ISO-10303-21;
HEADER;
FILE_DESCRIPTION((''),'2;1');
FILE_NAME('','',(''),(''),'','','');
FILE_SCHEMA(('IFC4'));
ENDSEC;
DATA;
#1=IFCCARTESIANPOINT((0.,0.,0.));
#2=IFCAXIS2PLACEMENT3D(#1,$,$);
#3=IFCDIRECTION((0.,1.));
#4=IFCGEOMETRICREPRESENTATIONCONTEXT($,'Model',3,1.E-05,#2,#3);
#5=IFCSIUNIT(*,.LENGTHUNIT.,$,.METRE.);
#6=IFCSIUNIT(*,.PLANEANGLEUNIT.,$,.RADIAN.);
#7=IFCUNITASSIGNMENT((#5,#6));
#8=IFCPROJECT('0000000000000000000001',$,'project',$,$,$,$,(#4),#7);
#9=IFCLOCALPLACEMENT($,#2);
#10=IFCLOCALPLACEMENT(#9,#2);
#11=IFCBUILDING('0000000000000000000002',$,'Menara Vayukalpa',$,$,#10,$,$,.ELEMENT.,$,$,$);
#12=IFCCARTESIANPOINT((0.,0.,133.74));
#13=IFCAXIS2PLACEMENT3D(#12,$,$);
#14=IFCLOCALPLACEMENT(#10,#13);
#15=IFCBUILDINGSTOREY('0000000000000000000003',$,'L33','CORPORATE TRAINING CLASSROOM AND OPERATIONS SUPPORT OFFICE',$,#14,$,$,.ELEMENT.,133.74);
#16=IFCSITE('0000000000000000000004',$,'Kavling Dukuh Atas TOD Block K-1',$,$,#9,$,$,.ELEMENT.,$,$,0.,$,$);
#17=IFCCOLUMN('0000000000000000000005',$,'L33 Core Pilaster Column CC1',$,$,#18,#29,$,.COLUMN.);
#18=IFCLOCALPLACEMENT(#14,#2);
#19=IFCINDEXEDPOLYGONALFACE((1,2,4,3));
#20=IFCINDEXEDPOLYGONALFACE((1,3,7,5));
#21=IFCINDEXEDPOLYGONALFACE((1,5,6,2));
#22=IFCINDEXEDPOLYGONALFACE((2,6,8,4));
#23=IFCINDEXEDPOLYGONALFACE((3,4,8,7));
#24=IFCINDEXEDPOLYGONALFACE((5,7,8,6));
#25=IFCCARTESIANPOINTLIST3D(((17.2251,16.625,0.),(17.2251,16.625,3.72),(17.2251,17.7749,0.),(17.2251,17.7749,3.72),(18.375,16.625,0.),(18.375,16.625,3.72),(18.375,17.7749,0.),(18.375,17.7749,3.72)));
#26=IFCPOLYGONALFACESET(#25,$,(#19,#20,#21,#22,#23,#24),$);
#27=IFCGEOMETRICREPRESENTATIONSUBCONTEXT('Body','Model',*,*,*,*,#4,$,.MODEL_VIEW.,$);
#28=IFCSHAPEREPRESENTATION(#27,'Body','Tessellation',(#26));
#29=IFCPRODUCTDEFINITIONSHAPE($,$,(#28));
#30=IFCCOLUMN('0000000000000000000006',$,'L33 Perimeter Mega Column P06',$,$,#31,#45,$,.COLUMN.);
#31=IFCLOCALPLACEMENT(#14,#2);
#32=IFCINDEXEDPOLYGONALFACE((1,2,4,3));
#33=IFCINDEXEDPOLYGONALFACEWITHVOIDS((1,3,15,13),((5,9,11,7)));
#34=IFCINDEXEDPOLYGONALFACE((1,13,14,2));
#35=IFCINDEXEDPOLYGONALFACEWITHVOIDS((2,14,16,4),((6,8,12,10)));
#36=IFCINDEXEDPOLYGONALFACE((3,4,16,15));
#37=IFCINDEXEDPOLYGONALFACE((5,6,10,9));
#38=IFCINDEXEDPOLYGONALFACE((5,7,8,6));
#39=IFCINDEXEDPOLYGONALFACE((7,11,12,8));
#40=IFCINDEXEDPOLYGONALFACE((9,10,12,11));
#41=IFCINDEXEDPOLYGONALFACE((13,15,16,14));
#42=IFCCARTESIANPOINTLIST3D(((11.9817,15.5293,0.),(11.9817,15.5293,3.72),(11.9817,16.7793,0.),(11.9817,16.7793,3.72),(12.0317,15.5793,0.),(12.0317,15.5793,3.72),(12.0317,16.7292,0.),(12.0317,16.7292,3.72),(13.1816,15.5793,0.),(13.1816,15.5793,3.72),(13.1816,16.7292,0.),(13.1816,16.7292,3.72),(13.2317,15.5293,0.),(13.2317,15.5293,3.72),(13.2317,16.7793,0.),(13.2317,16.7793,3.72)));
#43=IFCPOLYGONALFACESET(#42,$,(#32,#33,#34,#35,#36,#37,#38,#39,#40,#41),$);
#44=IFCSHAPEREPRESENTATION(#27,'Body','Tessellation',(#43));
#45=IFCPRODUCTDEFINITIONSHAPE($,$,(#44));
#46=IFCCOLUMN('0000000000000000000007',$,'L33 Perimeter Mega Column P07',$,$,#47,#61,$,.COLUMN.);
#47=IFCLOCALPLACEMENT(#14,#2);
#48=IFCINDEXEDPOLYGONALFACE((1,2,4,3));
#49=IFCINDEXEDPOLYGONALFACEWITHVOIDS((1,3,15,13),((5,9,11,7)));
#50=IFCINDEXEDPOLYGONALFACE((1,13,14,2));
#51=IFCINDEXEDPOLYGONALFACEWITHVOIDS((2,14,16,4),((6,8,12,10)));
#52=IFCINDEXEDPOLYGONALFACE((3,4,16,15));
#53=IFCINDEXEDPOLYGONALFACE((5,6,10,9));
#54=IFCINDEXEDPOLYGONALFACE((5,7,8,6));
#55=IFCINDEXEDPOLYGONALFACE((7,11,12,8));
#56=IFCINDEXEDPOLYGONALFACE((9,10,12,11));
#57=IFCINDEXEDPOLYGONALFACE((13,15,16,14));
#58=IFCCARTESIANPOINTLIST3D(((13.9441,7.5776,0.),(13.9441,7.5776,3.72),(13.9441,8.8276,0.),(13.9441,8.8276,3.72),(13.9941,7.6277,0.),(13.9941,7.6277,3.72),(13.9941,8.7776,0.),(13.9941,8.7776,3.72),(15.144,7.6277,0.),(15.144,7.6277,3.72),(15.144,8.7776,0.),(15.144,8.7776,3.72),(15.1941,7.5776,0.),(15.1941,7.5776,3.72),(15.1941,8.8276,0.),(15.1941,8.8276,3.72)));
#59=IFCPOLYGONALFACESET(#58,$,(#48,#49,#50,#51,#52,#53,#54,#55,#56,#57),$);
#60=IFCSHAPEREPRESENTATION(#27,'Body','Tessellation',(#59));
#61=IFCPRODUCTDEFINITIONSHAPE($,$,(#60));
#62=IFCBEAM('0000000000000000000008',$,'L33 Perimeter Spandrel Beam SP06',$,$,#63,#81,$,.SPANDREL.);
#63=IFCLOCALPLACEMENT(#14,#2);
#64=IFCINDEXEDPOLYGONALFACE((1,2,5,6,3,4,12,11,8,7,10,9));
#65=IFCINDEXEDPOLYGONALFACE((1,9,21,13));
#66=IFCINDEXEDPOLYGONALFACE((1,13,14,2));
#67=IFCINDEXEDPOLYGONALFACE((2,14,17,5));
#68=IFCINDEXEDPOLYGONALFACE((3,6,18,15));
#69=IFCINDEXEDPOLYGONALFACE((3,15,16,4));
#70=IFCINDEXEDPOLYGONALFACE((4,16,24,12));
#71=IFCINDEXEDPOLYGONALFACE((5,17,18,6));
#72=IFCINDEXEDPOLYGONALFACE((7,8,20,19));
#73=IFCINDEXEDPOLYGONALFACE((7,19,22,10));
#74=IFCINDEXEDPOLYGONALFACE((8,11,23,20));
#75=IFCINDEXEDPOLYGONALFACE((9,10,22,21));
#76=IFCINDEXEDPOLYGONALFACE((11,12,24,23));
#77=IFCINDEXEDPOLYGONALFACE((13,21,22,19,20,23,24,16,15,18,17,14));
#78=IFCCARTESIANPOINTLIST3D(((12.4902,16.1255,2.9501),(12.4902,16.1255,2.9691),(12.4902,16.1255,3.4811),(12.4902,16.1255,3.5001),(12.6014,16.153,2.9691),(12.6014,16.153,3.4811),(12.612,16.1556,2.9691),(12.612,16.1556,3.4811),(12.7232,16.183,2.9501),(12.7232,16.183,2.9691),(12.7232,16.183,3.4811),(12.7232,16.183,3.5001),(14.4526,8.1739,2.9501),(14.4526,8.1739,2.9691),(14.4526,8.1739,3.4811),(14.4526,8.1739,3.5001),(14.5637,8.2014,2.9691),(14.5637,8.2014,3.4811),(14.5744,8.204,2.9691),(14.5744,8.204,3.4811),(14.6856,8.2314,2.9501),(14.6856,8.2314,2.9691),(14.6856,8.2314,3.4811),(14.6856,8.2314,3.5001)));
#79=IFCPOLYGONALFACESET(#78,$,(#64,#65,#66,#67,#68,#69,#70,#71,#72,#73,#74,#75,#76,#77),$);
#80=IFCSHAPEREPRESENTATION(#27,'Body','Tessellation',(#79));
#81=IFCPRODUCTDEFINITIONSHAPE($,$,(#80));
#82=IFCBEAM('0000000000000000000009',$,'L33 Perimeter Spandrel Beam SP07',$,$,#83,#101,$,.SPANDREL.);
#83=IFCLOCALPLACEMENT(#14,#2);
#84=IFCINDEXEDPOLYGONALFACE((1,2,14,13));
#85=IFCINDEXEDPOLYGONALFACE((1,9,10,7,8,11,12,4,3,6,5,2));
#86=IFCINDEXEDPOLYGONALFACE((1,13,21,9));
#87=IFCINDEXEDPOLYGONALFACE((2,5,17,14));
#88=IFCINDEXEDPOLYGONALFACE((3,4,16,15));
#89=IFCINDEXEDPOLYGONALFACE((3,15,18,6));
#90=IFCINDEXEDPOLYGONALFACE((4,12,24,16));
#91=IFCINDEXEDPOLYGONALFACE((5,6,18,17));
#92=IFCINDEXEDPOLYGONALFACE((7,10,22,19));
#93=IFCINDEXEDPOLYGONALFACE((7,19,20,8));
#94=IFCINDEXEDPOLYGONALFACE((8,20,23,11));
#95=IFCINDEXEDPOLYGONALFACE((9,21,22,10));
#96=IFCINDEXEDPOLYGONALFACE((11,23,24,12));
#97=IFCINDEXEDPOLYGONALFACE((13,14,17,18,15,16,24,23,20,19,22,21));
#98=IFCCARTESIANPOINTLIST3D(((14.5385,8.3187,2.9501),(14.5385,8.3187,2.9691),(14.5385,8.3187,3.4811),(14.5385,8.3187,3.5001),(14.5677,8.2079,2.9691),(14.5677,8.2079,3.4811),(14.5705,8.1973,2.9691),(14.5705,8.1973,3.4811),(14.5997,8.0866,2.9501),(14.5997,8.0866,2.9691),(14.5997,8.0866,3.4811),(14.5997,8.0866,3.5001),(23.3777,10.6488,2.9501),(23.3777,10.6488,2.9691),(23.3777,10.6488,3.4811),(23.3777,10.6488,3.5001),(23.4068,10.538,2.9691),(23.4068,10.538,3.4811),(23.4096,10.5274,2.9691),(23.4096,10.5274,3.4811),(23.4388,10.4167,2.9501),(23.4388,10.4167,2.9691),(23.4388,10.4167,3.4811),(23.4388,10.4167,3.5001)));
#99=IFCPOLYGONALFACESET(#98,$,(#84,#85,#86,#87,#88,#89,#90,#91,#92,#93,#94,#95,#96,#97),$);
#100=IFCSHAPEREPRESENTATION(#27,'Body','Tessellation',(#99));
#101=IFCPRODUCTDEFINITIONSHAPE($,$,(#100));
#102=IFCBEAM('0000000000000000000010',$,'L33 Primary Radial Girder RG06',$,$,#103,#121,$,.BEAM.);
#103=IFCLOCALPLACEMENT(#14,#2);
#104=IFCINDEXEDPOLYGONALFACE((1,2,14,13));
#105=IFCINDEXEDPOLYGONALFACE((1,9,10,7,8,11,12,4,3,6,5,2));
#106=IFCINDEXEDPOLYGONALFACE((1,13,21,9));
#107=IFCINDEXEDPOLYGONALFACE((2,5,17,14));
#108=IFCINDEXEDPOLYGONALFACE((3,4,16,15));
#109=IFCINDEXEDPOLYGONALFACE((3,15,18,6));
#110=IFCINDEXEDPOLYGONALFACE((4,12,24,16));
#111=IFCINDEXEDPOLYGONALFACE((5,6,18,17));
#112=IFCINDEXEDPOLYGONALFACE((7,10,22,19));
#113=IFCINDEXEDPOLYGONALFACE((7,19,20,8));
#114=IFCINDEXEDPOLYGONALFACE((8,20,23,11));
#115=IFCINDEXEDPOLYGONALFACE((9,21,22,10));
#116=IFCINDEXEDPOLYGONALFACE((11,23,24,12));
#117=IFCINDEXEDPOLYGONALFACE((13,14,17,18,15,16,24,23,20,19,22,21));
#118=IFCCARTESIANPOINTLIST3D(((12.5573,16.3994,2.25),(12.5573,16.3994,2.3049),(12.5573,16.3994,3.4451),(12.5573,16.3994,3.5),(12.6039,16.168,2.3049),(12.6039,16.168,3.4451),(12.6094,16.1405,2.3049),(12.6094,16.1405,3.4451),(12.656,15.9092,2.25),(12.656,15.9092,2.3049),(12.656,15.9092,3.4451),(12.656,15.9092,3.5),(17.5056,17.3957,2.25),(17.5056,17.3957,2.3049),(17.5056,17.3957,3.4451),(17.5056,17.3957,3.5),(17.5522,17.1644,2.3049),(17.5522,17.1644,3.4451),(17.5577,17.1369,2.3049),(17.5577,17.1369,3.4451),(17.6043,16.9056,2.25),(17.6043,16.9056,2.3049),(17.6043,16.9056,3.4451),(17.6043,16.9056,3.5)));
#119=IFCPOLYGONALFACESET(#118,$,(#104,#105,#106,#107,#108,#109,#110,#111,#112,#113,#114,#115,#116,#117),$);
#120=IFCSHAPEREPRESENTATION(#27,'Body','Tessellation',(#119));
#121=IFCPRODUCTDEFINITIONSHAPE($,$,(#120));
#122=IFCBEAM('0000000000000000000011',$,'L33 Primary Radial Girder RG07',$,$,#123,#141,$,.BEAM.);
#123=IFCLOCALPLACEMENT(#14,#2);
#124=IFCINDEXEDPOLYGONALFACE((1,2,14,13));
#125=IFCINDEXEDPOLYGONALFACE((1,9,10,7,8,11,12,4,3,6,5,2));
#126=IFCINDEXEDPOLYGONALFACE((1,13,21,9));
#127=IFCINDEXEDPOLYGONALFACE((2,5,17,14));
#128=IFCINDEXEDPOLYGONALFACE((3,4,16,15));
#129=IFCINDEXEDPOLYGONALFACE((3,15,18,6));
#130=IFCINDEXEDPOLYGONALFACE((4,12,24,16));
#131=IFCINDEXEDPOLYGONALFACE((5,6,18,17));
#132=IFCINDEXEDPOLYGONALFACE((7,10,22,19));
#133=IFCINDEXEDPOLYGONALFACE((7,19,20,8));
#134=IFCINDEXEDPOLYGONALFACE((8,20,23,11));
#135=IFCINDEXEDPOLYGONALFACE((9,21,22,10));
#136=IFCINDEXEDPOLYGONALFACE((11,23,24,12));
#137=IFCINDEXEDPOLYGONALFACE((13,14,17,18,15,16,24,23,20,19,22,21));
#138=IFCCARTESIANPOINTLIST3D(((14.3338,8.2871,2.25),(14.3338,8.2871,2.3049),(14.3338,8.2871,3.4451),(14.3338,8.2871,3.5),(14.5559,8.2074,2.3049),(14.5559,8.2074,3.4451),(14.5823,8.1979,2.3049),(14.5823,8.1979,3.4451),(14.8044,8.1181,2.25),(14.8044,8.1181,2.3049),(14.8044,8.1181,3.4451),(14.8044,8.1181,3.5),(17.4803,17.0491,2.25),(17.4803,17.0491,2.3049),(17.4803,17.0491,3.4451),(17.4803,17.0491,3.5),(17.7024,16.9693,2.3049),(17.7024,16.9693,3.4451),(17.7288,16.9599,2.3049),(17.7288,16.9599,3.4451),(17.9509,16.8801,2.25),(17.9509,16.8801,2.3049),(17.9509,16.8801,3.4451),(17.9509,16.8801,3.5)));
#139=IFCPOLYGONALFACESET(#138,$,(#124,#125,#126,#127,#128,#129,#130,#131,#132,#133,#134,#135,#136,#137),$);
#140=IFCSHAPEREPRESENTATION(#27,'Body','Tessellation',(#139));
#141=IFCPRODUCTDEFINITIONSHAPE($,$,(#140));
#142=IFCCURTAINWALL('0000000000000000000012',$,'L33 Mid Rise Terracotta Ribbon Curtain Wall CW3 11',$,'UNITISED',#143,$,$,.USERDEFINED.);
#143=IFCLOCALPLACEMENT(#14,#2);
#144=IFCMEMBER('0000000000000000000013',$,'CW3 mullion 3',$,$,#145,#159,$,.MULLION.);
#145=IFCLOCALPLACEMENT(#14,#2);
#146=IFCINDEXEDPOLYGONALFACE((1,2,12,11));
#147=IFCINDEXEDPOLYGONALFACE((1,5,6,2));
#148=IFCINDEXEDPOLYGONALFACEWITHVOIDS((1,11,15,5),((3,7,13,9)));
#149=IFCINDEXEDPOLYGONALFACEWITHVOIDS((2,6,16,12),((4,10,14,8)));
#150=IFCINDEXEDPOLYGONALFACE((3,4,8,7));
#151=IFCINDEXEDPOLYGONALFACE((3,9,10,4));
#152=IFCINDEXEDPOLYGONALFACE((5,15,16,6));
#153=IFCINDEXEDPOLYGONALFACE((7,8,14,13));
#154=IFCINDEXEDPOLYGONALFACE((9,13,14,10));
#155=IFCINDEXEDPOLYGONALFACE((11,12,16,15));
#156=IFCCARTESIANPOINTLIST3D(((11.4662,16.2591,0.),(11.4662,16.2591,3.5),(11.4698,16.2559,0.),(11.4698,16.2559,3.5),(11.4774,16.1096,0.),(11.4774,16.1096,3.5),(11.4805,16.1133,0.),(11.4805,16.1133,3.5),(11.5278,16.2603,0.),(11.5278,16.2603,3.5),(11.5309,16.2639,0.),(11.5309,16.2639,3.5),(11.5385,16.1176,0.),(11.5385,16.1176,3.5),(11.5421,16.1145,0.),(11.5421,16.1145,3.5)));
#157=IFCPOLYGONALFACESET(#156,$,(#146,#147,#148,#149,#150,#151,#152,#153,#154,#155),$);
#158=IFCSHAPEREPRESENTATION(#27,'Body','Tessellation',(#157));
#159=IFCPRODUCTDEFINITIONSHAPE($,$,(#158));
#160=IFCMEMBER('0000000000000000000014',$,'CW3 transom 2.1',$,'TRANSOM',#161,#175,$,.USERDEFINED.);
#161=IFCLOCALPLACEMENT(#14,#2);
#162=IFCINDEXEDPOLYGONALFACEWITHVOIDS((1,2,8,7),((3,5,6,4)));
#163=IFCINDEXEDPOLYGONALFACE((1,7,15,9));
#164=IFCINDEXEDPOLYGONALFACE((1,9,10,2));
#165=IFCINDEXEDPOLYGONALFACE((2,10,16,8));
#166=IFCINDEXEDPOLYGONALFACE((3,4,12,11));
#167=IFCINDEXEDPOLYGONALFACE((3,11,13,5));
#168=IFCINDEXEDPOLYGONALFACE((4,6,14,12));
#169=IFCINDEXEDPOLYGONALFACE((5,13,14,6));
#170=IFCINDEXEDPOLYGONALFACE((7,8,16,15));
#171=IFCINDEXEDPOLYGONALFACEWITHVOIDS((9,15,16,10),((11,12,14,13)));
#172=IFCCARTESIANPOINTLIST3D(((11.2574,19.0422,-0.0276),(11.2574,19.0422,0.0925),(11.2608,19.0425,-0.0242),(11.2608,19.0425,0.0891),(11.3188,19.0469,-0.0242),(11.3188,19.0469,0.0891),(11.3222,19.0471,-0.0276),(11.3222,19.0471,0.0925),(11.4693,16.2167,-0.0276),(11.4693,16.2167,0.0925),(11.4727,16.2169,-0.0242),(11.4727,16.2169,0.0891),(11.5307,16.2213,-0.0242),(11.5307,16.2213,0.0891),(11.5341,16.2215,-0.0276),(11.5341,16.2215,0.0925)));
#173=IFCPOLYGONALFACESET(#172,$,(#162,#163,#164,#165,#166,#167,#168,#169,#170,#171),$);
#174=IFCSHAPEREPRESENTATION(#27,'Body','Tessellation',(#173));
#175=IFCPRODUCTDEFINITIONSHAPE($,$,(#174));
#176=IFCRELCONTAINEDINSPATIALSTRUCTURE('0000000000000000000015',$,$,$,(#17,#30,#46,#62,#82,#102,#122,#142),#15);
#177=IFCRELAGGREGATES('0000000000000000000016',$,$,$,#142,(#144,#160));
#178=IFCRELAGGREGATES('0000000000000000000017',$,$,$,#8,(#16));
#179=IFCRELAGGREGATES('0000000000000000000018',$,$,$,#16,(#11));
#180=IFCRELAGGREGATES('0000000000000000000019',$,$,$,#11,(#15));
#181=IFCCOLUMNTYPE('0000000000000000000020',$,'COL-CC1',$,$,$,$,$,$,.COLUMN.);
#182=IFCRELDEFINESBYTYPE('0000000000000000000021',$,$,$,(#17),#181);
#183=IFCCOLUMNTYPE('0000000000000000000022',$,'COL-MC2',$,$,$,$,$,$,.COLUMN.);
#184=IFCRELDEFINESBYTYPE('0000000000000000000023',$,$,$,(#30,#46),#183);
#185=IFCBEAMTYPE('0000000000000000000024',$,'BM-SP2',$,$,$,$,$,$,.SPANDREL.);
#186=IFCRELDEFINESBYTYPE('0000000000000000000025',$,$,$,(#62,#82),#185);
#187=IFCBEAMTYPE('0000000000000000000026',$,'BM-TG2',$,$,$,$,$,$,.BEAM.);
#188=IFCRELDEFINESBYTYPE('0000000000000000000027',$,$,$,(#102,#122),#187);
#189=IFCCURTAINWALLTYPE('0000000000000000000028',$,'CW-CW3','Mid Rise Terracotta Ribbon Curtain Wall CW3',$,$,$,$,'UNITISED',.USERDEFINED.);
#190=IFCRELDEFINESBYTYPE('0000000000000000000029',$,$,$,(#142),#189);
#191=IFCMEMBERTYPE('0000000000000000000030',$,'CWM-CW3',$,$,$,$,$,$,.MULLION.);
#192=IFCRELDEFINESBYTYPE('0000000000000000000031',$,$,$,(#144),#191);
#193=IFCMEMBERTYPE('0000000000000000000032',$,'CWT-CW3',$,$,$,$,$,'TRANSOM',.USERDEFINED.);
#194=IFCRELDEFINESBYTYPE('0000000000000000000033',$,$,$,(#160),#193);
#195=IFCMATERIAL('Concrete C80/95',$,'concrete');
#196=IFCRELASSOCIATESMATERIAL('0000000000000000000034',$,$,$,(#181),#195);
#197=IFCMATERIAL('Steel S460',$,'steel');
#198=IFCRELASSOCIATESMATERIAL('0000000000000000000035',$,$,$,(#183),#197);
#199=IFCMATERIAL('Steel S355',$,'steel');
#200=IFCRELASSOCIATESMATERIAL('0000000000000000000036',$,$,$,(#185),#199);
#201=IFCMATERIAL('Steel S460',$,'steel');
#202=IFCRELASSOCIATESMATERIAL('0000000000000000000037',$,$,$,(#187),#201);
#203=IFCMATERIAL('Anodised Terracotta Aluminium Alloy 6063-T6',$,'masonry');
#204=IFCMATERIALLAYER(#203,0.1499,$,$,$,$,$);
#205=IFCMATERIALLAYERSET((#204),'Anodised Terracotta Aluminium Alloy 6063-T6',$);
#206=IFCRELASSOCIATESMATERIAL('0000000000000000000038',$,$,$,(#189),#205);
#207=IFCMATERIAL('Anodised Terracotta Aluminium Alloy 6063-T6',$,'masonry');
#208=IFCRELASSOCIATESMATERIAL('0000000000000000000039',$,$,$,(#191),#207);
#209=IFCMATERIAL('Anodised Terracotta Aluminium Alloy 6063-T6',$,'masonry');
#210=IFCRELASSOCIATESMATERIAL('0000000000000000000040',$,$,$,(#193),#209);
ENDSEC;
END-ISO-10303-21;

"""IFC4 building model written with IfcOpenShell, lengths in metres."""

from ifc_helpers import new_model, si_unit, direction, frame, origin, origin_2d, place, context, subcontext, project, spatial, rectangle, hollow_rectangle, i_section, extrude, material, layer, layer_set, material_profile, profile_set, type_object, element, aggregate, save


model = new_model("IFC4")

# Units and contexts
model_context = context("Model", 3, precision=1e-05, world=origin(), true_north=direction((0.0, 1.0)))
body_context = subcontext(model_context, "Body", "Model", "MODEL_VIEW")
ifc_project = project(units=[si_unit("LENGTHUNIT", "METRE"), si_unit("PLANEANGLEUNIT", "RADIAN")], contexts=[model_context])

# Site, building, storey
site_placement = place(None, origin())
site = spatial("IfcSite", under=ifc_project, at=site_placement, Name="Kavling Dukuh Atas TOD Block K-1", CompositionType="ELEMENT", RefElevation=0.0)
building_placement = place(site_placement, origin())
building = spatial("IfcBuilding", under=site, at=building_placement, Name="Menara Vayukalpa", CompositionType="ELEMENT")
storey_placement = place(building_placement, frame((0.0, 0.0, 133.74)))
storey = spatial("IfcBuildingStorey", under=building, at=storey_placement, Name="L33", Description="CORPORATE TRAINING CLASSROOM AND OPERATIONS SUPPORT OFFICE", CompositionType="ELEMENT", Elevation=133.74)

# Columns
ifc_material_1 = material(Name="Concrete C80/95", Category="concrete")
ifc_material_profile_1 = material_profile(ifc_material_1, rectangle(XDim=1.1499, YDim=1.1499, at=origin_2d()), Name="RC 1150x1150")
ifc_profile_set_1 = profile_set([ifc_material_profile_1], Name="Concrete C80/95")
column_type_1 = type_object("IfcColumnType", Name="COL-CC1", PredefinedType="COLUMN", material=ifc_profile_set_1)
column_placement = place(storey_placement, frame((17.8, 17.2, 0.0), z_axis=(0.0, 0.0, 1.0), x_axis=(1.0, 0.0, 0.0)))
element("IfcColumn", 1, at=column_placement, inside=storey, type_object=column_type_1, Name="L33 Core Pilaster Column CC1", PredefinedType="COLUMN", context=body_context, shape_type="SweptSolid", body=[
    extrude(rectangle(XDim=1.1499, YDim=1.1499, at=origin_2d()), origin(), (0.0, 0.0, 1.0), 3.72),
])
ifc_material_2 = material(Name="Steel S460", Category="steel")
ifc_material_profile_2 = material_profile(ifc_material_2, hollow_rectangle(XDim=1.25, YDim=1.25, WallThickness=0.05, at=origin_2d()), Name="BOX 1250x1250x50")
ifc_profile_set_2 = profile_set([ifc_material_profile_2], Name="Steel S460")
column_type_2 = type_object("IfcColumnType", Name="COL-MC2", PredefinedType="COLUMN", material=ifc_profile_set_2)
for number, where, z_axis, x_axis, name in (
    (2, (12.6067, 16.1543, 0.0), (0.0, 0.0, 1.0), (1.0, 0.0, 0.0), "L33 Perimeter Mega Column P06"),
    (3, (14.5691, 8.2026, 0.0), (0.0, 0.0, 1.0), (1.0, 0.0, 0.0), "L33 Perimeter Mega Column P07"),
):
    element("IfcColumn", number, at=place(storey_placement, frame(where, z_axis=z_axis, x_axis=x_axis)), inside=storey, type_object=column_type_2, Name=name, PredefinedType="COLUMN", context=body_context, shape_type="SweptSolid", body=[
        extrude(hollow_rectangle(XDim=1.25, YDim=1.25, WallThickness=0.05, at=origin_2d()), origin(), (0.0, 0.0, 1.0), 3.72),
    ])

# Beams
ifc_material_3 = material(Name="Steel S355", Category="steel")
ifc_material_profile_3 = material_profile(ifc_material_3, i_section(OverallWidth=0.24, OverallDepth=0.55, WebThickness=0.011, FlangeThickness=0.019, at=origin_2d()), Name="WF 550x240x11x19")
ifc_profile_set_3 = profile_set([ifc_material_profile_3], Name="Steel S355")
beam_type_1 = type_object("IfcBeamType", Name="BM-SP2", PredefinedType="SPANDREL", material=ifc_profile_set_3)
beam_1_placement = place(storey_placement, frame((12.6067, 16.1543, 3.2251), z_axis=(0.239603, -0.970871, 0.0), x_axis=(0.970871, 0.239603, 0.0)))
element("IfcBeam", 4, at=beam_1_placement, inside=storey, type_object=beam_type_1, Name="L33 Perimeter Spandrel Beam SP06", PredefinedType="SPANDREL", context=body_context, shape_type="SweptSolid", body=[
    extrude(i_section(OverallWidth=0.24, OverallDepth=0.55, WebThickness=0.011, FlangeThickness=0.019, at=origin_2d()), origin(), (0.0, 0.0, 1.0), 8.1902),
])
beam_2_placement = place(storey_placement, frame((14.5691, 8.2026, 3.2251), z_axis=(0.966967, 0.254902, 0.0), x_axis=(-0.254902, 0.966967, 0.0)))
element("IfcBeam", 5, at=beam_2_placement, inside=storey, type_object=beam_type_1, Name="L33 Perimeter Spandrel Beam SP07", PredefinedType="SPANDREL", context=body_context, shape_type="SweptSolid", body=[
    extrude(i_section(OverallWidth=0.24, OverallDepth=0.55, WebThickness=0.011, FlangeThickness=0.019, at=origin_2d()), origin(), (0.0, 0.0, 1.0), 9.1411),
])
ifc_material_4 = material(Name="Steel S460", Category="steel")
ifc_material_profile_4 = material_profile(ifc_material_4, i_section(OverallWidth=0.5, OverallDepth=1.25, WebThickness=0.0281, FlangeThickness=0.0549, at=origin_2d()), Name="WG 1250x500x28x55")
ifc_profile_set_4 = profile_set([ifc_material_profile_4], Name="Steel S460")
beam_type_2 = type_object("IfcBeamType", Name="BM-TG2", PredefinedType="BEAM", material=ifc_profile_set_4)
beam_3_placement = place(storey_placement, frame((17.5549, 17.1506, 2.875), z_axis=(-0.980325, -0.19739, 0.0), x_axis=(0.19739, -0.980325, 0.0)))
element("IfcBeam", 6, at=beam_3_placement, inside=storey, type_object=beam_type_2, Name="L33 Primary Radial Girder RG06", PredefinedType="BEAM", context=body_context, shape_type="SweptSolid", body=[
    extrude(i_section(OverallWidth=0.5, OverallDepth=1.25, WebThickness=0.0281, FlangeThickness=0.0549, at=origin_2d()), origin(), (0.0, 0.0, 1.0), 5.0476),
])
beam_4_placement = place(storey_placement, frame((17.7156, 16.9646, 2.875), z_axis=(-0.337976, -0.941155, 0.0), x_axis=(0.941155, -0.337976, 0.0)))
element("IfcBeam", 7, at=beam_4_placement, inside=storey, type_object=beam_type_2, Name="L33 Primary Radial Girder RG07", PredefinedType="BEAM", context=body_context, shape_type="SweptSolid", body=[
    extrude(i_section(OverallWidth=0.5, OverallDepth=1.25, WebThickness=0.0281, FlangeThickness=0.0549, at=origin_2d()), origin(), (0.0, 0.0, 1.0), 9.3098),
])

# Curtain wall, members
ifc_material_5 = material(Name="Anodised Terracotta Aluminium Alloy 6063-T6", Category="masonry")
ifc_layer_1 = layer(ifc_material_5, 0.1499)
ifc_layer_set_1 = layer_set([ifc_layer_1], Name="Anodised Terracotta Aluminium Alloy 6063-T6")
curtain_wall_type = type_object("IfcCurtainWallType", Name="CW-CW3", Description="Mid Rise Terracotta Ribbon Curtain Wall CW3", ElementType="UNITISED", PredefinedType="USERDEFINED", material=ifc_layer_set_1)
curtain_wall_placement = place(storey_placement, origin())
curtain_wall = element("IfcCurtainWall", 8, at=curtain_wall_placement, inside=storey, type_object=curtain_wall_type, Name="L33 Mid Rise Terracotta Ribbon Curtain Wall CW3 11", ObjectType="UNITISED", PredefinedType="USERDEFINED")
ifc_material_6 = material(Name="Anodised Terracotta Aluminium Alloy 6063-T6", Category="masonry")
ifc_material_profile_5 = material_profile(ifc_material_6, hollow_rectangle(XDim=0.0649, YDim=0.1499, WallThickness=0.0034, at=origin_2d()), Name="ALU 65x150x3.5")
ifc_profile_set_5 = profile_set([ifc_material_profile_5], Name="Anodised Terracotta Aluminium Alloy 6063-T6")
member_type_1 = type_object("IfcMemberType", Name="CWM-CW3", PredefinedType="MULLION", material=ifc_profile_set_5)
member_1_placement = place(storey_placement, frame((11.5042, 16.1868, 0.0), z_axis=(0.0, 0.0, 1.0), x_axis=(0.9972, 0.074785, 0.0)))
member_1 = element("IfcMember", 9, at=member_1_placement, type_object=member_type_1, Name="CW3 mullion 3", PredefinedType="MULLION", context=body_context, shape_type="SweptSolid", body=[
    extrude(hollow_rectangle(XDim=0.0649, YDim=0.1499, WallThickness=0.0034, at=origin_2d()), origin(), (0.0, 0.0, 1.0), 3.5),
])
ifc_material_7 = material(Name="Anodised Terracotta Aluminium Alloy 6063-T6", Category="masonry")
ifc_material_profile_6 = material_profile(ifc_material_7, hollow_rectangle(XDim=0.0649, YDim=0.1201, WallThickness=0.0034, at=origin_2d()), Name="ALU 65x120x3.5")
ifc_profile_set_6 = profile_set([ifc_material_profile_6], Name="Anodised Terracotta Aluminium Alloy 6063-T6")
member_type_2 = type_object("IfcMemberType", Name="CWT-CW3", ElementType="TRANSOM", PredefinedType="USERDEFINED", material=ifc_profile_set_6)
member_2_placement = place(storey_placement, frame((11.2898, 19.0447, 0.0325), z_axis=(0.074792, -0.997199, 0.0), x_axis=(0.997199, 0.074792, 0.0)))
member_2 = element("IfcMember", 10, at=member_2_placement, type_object=member_type_2, Name="CW3 transom 2.1", ObjectType="TRANSOM", PredefinedType="USERDEFINED", context=body_context, shape_type="SweptSolid", body=[
    extrude(hollow_rectangle(XDim=0.0649, YDim=0.1201, WallThickness=0.0034, at=origin_2d()), origin(), (0.0, 0.0, 1.0), 2.8335),
])
aggregate(curtain_wall, [member_1, member_2])

save(model, "model.ifc")
